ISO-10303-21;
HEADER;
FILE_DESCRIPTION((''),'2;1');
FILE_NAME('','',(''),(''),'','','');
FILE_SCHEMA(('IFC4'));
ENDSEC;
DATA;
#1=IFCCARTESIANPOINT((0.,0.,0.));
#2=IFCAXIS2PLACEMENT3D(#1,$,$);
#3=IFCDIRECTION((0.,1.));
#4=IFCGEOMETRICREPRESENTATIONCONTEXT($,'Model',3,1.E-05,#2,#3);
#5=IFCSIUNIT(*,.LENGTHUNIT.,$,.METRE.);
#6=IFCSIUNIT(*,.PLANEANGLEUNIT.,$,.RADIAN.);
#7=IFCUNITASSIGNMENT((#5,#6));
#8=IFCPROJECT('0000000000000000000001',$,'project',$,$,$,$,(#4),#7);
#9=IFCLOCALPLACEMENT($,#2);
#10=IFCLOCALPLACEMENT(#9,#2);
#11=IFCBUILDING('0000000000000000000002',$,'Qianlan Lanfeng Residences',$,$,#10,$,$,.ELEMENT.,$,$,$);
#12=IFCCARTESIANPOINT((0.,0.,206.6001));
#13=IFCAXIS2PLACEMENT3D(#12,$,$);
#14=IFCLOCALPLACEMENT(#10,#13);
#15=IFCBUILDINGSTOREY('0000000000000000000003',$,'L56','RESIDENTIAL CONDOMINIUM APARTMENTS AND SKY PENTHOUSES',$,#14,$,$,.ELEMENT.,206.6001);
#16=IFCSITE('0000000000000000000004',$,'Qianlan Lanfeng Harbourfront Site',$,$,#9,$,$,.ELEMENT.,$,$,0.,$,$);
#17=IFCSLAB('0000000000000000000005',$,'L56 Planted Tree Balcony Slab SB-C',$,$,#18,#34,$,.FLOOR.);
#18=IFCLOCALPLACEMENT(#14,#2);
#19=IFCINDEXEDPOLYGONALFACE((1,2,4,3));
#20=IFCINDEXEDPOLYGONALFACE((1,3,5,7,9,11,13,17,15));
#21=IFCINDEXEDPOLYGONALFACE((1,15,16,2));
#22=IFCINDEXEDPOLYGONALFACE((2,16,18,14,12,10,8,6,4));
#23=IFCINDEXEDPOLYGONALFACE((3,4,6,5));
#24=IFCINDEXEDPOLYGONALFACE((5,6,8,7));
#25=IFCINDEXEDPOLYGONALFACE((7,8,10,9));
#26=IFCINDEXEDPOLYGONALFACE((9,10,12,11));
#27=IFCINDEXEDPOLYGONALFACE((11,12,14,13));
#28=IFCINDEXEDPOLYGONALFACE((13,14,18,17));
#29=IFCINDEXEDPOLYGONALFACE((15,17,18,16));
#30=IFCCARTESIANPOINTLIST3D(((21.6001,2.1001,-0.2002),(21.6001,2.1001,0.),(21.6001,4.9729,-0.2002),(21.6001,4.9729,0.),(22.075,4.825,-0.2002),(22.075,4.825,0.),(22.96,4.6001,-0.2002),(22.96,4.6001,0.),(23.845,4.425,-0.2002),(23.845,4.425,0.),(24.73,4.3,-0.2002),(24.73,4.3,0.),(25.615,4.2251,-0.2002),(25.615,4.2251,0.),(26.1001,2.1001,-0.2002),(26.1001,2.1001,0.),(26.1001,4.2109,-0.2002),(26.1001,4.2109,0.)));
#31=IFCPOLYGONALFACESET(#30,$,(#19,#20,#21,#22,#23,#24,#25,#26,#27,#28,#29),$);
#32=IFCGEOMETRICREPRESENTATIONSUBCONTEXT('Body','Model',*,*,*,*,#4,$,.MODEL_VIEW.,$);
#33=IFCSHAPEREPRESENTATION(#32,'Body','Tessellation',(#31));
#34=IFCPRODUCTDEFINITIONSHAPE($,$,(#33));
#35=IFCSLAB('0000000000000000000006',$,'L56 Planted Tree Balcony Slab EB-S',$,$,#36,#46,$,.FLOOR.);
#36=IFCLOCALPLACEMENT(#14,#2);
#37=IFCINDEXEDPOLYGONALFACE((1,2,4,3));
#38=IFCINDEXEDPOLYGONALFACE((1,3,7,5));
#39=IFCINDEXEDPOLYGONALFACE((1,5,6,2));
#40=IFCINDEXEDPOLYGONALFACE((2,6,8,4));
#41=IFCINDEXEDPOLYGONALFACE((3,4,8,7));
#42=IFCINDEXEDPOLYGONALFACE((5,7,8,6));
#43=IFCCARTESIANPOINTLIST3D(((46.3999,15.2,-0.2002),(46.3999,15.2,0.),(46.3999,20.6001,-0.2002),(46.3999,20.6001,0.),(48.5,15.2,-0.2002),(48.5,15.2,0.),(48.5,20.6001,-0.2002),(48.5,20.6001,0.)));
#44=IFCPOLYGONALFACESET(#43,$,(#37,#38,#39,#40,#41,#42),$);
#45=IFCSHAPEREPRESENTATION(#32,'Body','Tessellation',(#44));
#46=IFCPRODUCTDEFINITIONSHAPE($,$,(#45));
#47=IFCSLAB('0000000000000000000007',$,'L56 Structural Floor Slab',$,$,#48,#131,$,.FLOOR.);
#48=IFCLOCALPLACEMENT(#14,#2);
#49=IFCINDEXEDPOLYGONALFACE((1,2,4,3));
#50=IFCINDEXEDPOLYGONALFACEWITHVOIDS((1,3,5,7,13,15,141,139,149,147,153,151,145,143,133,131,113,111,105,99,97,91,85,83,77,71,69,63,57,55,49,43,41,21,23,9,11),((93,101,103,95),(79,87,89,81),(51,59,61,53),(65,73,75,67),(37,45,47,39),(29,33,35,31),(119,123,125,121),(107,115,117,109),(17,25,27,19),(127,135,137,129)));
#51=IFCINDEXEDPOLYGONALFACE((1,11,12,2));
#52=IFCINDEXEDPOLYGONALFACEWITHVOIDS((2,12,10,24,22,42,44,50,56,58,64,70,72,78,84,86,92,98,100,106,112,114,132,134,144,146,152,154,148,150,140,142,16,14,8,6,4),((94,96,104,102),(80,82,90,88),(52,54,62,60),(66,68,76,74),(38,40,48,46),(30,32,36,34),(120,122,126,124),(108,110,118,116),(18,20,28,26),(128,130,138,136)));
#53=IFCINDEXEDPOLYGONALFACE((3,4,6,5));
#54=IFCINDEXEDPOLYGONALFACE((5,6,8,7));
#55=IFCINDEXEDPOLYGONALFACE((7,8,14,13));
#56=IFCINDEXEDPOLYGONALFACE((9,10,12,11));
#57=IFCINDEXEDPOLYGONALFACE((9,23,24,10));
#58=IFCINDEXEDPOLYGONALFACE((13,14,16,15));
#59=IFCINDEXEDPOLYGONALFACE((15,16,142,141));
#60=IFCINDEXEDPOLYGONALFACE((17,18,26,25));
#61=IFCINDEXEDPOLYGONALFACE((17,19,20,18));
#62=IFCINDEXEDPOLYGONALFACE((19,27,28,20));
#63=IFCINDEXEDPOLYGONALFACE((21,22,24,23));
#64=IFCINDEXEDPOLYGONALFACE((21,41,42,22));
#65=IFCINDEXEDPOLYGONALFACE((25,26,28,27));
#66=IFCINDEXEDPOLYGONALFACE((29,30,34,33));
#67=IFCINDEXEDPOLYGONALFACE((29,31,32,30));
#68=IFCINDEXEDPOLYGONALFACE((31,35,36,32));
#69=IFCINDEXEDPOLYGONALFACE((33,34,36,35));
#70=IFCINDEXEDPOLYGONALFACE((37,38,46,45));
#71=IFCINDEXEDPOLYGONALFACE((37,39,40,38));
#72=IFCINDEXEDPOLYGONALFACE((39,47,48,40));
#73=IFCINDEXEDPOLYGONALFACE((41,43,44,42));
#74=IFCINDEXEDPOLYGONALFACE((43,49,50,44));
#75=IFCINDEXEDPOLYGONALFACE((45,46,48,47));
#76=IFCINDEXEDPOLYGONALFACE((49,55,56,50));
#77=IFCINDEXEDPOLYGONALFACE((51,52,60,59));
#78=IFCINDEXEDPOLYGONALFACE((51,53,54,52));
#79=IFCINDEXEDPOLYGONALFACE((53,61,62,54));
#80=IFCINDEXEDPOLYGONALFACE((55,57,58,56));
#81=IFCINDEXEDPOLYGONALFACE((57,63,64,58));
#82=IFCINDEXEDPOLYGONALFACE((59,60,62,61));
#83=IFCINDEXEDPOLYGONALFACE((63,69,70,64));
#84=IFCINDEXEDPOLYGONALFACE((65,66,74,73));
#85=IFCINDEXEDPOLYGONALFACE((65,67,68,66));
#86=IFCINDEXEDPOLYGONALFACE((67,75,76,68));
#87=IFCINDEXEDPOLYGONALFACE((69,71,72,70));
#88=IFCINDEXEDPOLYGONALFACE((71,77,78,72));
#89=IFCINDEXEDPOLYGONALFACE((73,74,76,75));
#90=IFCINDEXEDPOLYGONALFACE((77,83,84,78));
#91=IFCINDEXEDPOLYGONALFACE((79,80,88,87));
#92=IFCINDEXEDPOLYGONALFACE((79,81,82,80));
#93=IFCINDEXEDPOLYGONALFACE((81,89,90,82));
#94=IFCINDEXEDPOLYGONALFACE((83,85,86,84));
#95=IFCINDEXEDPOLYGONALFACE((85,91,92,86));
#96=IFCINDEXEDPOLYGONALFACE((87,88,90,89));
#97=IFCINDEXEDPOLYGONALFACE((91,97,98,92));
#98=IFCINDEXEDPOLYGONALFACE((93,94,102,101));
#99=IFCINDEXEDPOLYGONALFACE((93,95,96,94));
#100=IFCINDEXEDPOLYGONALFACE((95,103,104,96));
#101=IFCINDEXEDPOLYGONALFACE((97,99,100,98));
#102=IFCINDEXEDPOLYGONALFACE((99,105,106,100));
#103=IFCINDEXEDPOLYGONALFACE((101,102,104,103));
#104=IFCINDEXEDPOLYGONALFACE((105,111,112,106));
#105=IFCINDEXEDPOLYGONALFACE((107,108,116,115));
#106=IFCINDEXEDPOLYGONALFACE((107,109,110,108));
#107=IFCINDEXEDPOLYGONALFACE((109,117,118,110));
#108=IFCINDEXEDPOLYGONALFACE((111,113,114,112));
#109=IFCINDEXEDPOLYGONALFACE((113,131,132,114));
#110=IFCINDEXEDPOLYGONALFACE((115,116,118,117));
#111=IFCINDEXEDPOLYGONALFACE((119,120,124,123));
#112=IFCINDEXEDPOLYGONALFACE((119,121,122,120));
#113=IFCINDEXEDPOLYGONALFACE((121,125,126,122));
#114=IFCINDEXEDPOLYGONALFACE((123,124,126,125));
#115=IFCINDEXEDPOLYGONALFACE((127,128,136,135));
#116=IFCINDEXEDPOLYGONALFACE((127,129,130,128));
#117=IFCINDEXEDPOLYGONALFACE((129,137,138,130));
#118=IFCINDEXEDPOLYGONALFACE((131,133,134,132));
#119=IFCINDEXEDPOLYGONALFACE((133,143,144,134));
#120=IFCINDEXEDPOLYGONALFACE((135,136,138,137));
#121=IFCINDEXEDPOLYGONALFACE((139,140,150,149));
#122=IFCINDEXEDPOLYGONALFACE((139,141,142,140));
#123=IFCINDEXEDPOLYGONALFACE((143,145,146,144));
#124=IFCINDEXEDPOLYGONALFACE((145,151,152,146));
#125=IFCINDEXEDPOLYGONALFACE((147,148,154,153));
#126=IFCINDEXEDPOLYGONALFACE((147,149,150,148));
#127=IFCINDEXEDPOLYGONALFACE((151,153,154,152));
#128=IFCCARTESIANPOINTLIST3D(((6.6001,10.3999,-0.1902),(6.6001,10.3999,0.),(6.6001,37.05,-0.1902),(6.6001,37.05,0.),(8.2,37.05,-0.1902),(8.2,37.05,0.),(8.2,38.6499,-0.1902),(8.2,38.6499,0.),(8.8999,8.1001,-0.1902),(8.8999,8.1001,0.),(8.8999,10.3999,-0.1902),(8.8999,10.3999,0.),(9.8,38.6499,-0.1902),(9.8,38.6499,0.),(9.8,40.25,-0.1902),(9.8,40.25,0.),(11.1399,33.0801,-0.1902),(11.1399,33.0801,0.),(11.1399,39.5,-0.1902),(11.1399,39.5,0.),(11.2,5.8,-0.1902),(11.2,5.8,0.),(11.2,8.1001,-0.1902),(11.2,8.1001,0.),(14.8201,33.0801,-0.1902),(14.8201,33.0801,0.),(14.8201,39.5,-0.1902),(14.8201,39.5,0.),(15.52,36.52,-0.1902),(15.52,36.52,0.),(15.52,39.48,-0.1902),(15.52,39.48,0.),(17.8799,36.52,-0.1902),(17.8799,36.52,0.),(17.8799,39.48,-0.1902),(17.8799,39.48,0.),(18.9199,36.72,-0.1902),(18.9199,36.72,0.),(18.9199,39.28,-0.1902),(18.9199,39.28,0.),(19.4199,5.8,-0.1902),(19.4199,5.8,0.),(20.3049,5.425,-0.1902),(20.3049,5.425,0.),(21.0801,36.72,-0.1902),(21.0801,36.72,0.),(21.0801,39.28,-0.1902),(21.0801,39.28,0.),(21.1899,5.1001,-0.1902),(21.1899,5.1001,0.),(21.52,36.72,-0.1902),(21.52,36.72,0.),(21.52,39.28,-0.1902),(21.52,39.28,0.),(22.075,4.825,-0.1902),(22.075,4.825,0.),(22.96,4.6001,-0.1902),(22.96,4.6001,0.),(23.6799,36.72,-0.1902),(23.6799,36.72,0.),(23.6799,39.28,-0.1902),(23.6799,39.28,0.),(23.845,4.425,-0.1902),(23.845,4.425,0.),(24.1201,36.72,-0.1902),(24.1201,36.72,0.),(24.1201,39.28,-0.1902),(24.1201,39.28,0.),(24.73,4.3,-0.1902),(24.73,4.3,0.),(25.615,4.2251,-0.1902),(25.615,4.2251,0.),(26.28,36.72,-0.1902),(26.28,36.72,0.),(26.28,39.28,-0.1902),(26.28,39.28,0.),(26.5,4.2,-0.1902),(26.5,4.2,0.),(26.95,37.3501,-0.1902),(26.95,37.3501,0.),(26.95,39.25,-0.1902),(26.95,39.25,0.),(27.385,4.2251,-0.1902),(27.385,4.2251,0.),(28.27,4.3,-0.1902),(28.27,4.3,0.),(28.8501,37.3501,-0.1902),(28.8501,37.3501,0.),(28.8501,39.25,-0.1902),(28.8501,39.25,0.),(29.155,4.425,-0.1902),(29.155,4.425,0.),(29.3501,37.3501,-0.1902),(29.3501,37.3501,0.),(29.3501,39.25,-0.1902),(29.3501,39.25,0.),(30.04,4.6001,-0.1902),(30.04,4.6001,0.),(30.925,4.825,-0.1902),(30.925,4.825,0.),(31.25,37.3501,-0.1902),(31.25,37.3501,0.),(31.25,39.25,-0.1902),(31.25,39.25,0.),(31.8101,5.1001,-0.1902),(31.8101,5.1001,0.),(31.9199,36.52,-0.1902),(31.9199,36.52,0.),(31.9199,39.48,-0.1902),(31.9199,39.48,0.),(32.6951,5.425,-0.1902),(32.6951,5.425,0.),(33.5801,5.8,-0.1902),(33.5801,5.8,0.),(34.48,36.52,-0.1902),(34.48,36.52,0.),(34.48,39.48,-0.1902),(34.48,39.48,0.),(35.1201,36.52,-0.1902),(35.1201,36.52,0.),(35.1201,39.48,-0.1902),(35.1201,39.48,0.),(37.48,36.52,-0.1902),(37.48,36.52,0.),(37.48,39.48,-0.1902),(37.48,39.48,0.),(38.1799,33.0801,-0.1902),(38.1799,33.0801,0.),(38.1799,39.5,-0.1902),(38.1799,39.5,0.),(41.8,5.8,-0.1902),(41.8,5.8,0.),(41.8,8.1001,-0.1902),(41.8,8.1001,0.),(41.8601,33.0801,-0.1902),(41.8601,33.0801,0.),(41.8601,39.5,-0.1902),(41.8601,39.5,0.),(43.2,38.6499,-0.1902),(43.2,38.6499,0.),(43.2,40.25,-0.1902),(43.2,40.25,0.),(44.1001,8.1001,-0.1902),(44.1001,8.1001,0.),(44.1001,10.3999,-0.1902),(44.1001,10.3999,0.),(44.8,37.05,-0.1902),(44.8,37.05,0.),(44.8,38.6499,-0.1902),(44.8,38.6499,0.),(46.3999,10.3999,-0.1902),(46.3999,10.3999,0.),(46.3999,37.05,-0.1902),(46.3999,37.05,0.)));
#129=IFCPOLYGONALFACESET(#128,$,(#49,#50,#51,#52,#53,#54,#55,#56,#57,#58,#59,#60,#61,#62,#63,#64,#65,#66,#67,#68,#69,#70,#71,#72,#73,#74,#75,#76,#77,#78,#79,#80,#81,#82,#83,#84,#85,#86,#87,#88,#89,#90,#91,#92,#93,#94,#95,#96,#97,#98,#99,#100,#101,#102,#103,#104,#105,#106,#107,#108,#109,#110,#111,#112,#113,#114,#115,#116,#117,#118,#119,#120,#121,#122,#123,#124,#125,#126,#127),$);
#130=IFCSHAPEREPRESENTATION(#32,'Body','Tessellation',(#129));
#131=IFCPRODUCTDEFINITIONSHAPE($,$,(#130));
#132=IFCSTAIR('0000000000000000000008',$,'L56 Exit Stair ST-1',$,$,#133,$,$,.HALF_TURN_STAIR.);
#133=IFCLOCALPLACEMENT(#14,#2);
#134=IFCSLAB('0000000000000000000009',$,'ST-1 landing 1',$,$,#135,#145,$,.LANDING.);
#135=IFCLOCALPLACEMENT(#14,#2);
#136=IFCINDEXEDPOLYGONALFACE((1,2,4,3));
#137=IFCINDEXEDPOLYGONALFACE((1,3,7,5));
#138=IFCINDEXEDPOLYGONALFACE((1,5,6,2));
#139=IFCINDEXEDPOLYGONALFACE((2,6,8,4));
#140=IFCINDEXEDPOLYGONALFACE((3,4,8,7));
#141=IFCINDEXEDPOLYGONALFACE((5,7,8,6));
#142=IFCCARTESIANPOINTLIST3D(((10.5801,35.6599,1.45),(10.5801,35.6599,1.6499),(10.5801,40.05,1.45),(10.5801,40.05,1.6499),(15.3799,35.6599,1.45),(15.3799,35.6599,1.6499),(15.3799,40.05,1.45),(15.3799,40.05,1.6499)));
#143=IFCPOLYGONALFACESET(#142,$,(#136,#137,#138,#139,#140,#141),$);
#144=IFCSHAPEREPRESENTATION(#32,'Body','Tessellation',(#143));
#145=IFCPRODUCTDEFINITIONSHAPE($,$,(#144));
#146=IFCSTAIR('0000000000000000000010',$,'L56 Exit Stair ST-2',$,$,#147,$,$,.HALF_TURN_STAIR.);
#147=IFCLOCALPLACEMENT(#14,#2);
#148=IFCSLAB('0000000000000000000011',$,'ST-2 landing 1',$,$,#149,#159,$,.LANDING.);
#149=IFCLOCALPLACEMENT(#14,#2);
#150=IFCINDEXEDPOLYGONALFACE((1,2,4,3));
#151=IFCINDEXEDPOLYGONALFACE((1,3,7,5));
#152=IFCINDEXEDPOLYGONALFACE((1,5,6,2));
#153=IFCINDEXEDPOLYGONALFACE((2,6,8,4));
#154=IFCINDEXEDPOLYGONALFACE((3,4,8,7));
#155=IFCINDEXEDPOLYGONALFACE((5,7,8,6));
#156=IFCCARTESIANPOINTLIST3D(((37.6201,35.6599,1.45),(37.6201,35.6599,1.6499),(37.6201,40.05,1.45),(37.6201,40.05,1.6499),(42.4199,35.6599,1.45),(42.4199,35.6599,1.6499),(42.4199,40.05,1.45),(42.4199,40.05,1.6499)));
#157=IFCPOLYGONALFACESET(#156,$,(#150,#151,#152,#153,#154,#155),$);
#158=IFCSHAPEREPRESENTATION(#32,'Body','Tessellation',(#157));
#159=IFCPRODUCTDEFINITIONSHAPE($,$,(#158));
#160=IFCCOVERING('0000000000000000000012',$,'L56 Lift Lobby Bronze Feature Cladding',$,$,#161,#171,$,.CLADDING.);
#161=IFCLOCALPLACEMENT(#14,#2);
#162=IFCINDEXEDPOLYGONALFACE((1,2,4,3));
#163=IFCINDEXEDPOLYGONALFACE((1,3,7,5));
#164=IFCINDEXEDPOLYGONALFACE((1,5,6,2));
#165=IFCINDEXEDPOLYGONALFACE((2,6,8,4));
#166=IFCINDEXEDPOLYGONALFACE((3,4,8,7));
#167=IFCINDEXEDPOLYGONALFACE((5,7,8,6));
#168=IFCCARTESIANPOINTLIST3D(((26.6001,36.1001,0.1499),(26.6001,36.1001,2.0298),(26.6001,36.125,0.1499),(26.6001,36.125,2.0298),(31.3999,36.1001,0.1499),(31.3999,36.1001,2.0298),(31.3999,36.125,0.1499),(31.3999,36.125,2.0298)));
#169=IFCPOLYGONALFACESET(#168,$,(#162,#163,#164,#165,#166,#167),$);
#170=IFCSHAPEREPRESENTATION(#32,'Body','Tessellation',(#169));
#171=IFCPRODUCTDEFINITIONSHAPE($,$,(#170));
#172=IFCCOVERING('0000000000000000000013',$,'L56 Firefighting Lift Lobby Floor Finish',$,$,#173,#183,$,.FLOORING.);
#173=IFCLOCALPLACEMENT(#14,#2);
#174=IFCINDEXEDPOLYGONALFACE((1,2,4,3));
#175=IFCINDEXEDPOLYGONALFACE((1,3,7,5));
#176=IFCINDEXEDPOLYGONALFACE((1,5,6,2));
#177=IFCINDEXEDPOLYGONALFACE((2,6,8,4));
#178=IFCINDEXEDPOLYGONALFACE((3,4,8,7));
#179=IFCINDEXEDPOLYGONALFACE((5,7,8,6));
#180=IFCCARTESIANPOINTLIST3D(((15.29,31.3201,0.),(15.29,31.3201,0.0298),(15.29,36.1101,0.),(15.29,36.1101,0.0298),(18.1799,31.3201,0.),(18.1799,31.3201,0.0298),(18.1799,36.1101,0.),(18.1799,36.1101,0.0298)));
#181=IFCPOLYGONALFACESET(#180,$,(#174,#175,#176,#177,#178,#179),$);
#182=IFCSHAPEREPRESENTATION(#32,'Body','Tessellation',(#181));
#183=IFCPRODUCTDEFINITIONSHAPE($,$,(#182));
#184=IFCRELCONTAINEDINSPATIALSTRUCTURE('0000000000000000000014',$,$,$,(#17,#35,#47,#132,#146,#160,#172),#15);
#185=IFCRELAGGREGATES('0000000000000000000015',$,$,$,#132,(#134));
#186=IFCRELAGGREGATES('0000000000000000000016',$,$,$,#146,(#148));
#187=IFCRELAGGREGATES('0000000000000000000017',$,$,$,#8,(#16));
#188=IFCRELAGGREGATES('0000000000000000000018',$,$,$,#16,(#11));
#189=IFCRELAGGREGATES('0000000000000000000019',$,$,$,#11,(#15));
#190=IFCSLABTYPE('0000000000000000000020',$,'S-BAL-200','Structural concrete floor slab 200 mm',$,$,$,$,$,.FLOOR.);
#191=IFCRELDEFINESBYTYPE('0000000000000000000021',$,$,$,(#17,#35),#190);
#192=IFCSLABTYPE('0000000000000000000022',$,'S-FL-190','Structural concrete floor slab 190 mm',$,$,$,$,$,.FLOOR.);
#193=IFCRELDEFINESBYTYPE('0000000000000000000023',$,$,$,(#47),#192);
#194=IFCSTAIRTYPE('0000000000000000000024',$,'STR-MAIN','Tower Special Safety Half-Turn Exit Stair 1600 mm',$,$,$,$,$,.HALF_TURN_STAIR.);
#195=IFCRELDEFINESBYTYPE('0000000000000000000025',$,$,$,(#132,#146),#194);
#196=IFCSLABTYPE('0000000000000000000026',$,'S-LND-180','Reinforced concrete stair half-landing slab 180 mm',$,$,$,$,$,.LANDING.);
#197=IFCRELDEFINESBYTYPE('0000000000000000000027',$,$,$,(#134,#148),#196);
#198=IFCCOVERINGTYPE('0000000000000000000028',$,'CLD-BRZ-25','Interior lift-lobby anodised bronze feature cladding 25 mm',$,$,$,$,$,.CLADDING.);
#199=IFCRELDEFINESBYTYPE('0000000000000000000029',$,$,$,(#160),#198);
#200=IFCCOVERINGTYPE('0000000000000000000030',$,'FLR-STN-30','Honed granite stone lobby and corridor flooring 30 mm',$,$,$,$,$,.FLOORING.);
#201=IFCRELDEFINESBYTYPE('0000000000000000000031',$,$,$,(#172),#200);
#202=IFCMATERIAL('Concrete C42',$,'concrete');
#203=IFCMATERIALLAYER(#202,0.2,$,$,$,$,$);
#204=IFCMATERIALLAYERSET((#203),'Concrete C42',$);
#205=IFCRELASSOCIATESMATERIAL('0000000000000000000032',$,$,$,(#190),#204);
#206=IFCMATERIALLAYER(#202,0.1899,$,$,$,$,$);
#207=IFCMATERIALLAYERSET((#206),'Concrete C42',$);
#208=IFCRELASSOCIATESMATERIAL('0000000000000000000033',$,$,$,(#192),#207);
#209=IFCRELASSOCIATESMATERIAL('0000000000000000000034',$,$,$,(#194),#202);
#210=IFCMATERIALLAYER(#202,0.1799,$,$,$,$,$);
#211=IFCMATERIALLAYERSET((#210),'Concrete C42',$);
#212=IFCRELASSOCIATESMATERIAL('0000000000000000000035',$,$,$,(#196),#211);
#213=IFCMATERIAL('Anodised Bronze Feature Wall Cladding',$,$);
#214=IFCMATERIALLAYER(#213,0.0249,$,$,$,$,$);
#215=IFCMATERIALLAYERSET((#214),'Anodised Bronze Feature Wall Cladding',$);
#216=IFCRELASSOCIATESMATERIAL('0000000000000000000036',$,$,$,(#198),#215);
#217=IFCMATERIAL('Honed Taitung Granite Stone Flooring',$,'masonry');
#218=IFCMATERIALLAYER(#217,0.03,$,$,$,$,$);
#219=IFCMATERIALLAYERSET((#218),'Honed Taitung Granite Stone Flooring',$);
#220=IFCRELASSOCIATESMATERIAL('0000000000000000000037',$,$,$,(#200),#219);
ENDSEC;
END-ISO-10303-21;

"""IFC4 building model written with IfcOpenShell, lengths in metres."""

from ifc_helpers import new_model, si_unit, direction, frame, origin, place, context, subcontext, project, spatial, polyline, outline, extrude, material, layer, layer_set, type_object, element, aggregate, save


model = new_model("IFC4")

# Units and contexts
model_context = context("Model", 3, precision=1e-05, world=origin(), true_north=direction((0.0, 1.0)))
body_context = subcontext(model_context, "Body", "Model", "MODEL_VIEW")
ifc_project = project(units=[si_unit("LENGTHUNIT", "METRE"), si_unit("PLANEANGLEUNIT", "RADIAN")], contexts=[model_context])

# Site, building, storey
site_placement = place(None, origin())
site = spatial("IfcSite", under=ifc_project, at=site_placement, Name="Qianlan Lanfeng Harbourfront Site", CompositionType="ELEMENT", RefElevation=0.0)
building_placement = place(site_placement, origin())
building = spatial("IfcBuilding", under=site, at=building_placement, Name="Qianlan Lanfeng Residences", CompositionType="ELEMENT")
storey_placement = place(building_placement, frame((0.0, 0.0, 206.6001)))
storey = spatial("IfcBuildingStorey", under=building, at=storey_placement, Name="L56", Description="RESIDENTIAL CONDOMINIUM APARTMENTS AND SKY PENTHOUSES", CompositionType="ELEMENT", Elevation=206.6001)

# Slabs
ifc_material_1 = material(Name="Concrete C42", Category="concrete")
ifc_layer_1 = layer(ifc_material_1, 0.2)
ifc_layer_set_1 = layer_set([ifc_layer_1], Name="Concrete C42")
slab_type_1 = type_object("IfcSlabType", Name="S-BAL-200", Description="Structural concrete floor slab 200 mm", PredefinedType="FLOOR", material=ifc_layer_set_1)
slab_1_placement = place(storey_placement, frame((0.0, 0.0, -0.2002)))
element("IfcSlab", 1, at=slab_1_placement, inside=storey, type_object=slab_type_1, Name="L56 Planted Tree Balcony Slab SB-C", PredefinedType="FLOOR", context=body_context, shape_type="SweptSolid", body=[
    extrude(outline(polyline([(26.1001, 4.2109), (25.615, 4.2251), (24.73, 4.3), (23.845, 4.425), (22.96, 4.6001), (22.075, 4.825), (21.6001, 4.9729), (21.6001, 2.1001), (26.1001, 2.1001), (26.1001, 4.2109)])), origin(), (0.0, 0.0, 1.0), 0.2002),
])
slab_2_placement = place(storey_placement, frame((0.0, 0.0, -0.2002)))
element("IfcSlab", 2, at=slab_2_placement, inside=storey, type_object=slab_type_1, Name="L56 Planted Tree Balcony Slab EB-S", PredefinedType="FLOOR", context=body_context, shape_type="SweptSolid", body=[
    extrude(outline(polyline([(46.3999, 20.6001), (46.3999, 15.2), (48.5, 15.2), (48.5, 20.6001), (46.3999, 20.6001)])), origin(), (0.0, 0.0, 1.0), 0.2002),
])
ifc_layer_2 = layer(ifc_material_1, 0.1899)
ifc_layer_set_2 = layer_set([ifc_layer_2], Name="Concrete C42")
slab_type_2 = type_object("IfcSlabType", Name="S-FL-190", Description="Structural concrete floor slab 190 mm", PredefinedType="FLOOR", material=ifc_layer_set_2)
slab_3_placement = place(storey_placement, frame((0.0, 0.0, -0.1902)))
element("IfcSlab", 3, at=slab_3_placement, inside=storey, type_object=slab_type_2, Name="L56 Structural Floor Slab", PredefinedType="FLOOR", context=body_context, shape_type="SweptSolid", body=[
    extrude(outline(polyline([(6.6001, 10.3999), (8.8999, 10.3999), (8.8999, 8.1001), (11.2, 8.1001), (11.2, 5.8), (19.4199, 5.8), (20.3049, 5.425), (21.1899, 5.1001), (22.075, 4.825), (22.96, 4.6001), (23.845, 4.425), (24.73, 4.3), (25.615, 4.2251), (26.5, 4.2), (27.385, 4.2251), (28.27, 4.3), (29.155, 4.425), (30.04, 4.6001), (30.925, 4.825), (31.8101, 5.1001), (32.6951, 5.425), (33.5801, 5.8), (41.8, 5.8), (41.8, 8.1001), (44.1001, 8.1001), (44.1001, 10.3999), (46.3999, 10.3999), (46.3999, 37.05), (44.8, 37.05), (44.8, 38.6499), (43.2, 38.6499), (43.2, 40.25), (9.8, 40.25), (9.8, 38.6499), (8.2, 38.6499), (8.2, 37.05), (6.6001, 37.05), (6.6001, 10.3999)]), holes=[polyline([(11.1399, 33.0801), (11.1399, 39.5), (14.8201, 39.5), (14.8201, 33.0801), (11.1399, 33.0801)]), polyline([(38.1799, 33.0801), (38.1799, 39.5), (41.8601, 39.5), (41.8601, 33.0801), (38.1799, 33.0801)]), polyline([(15.52, 36.52), (15.52, 39.48), (17.8799, 39.48), (17.8799, 36.52), (15.52, 36.52)]), polyline([(35.1201, 36.52), (35.1201, 39.48), (37.48, 39.48), (37.48, 36.52), (35.1201, 36.52)]), polyline([(31.9199, 36.52), (31.9199, 39.48), (34.48, 39.48), (34.48, 36.52), (31.9199, 36.52)]), polyline([(18.9199, 36.72), (18.9199, 39.28), (21.0801, 39.28), (21.0801, 36.72), (18.9199, 36.72)]), polyline([(21.52, 36.72), (21.52, 39.28), (23.6799, 39.28), (23.6799, 36.72), (21.52, 36.72)]), polyline([(24.1201, 36.72), (24.1201, 39.28), (26.28, 39.28), (26.28, 36.72), (24.1201, 36.72)]), polyline([(26.95, 37.3501), (26.95, 39.25), (28.8501, 39.25), (28.8501, 37.3501), (26.95, 37.3501)]), polyline([(29.3501, 37.3501), (29.3501, 39.25), (31.25, 39.25), (31.25, 37.3501), (29.3501, 37.3501)])]), origin(), (0.0, 0.0, 1.0), 0.1902),
])

# Stairs, slabs
stair_type = type_object("IfcStairType", Name="STR-MAIN", Description="Tower Special Safety Half-Turn Exit Stair 1600 mm", PredefinedType="HALF_TURN_STAIR", material=ifc_material_1)
stair_1_placement = place(storey_placement, origin())
stair_1 = element("IfcStair", 4, at=stair_1_placement, inside=storey, type_object=stair_type, Name="L56 Exit Stair ST-1", PredefinedType="HALF_TURN_STAIR")
ifc_layer_3 = layer(ifc_material_1, 0.1799)
ifc_layer_set_3 = layer_set([ifc_layer_3], Name="Concrete C42")
slab_type_3 = type_object("IfcSlabType", Name="S-LND-180", Description="Reinforced concrete stair half-landing slab 180 mm", PredefinedType="LANDING", material=ifc_layer_set_3)
slab_4_placement = place(storey_placement, frame((0.0, 0.0, 1.45)))
slab_4 = element("IfcSlab", 5, at=slab_4_placement, type_object=slab_type_3, Name="ST-1 landing 1", PredefinedType="LANDING", context=body_context, shape_type="SweptSolid", body=[
    extrude(outline(polyline([(10.5801, 35.6599), (15.3799, 35.6599), (15.3799, 40.05), (10.5801, 40.05), (10.5801, 35.6599)])), origin(), (0.0, 0.0, 1.0), 0.2),
])
aggregate(stair_1, [slab_4])
stair_2_placement = place(storey_placement, origin())
stair_2 = element("IfcStair", 6, at=stair_2_placement, inside=storey, type_object=stair_type, Name="L56 Exit Stair ST-2", PredefinedType="HALF_TURN_STAIR")
slab_5_placement = place(storey_placement, frame((0.0, 0.0, 1.45)))
slab_5 = element("IfcSlab", 7, at=slab_5_placement, type_object=slab_type_3, Name="ST-2 landing 1", PredefinedType="LANDING", context=body_context, shape_type="SweptSolid", body=[
    extrude(outline(polyline([(37.6201, 35.6599), (42.4199, 35.6599), (42.4199, 40.05), (37.6201, 40.05), (37.6201, 35.6599)])), origin(), (0.0, 0.0, 1.0), 0.2),
])
aggregate(stair_2, [slab_5])

# Coverings
ifc_material_2 = material(Name="Anodised Bronze Feature Wall Cladding")
ifc_layer_4 = layer(ifc_material_2, 0.0249)
ifc_layer_set_4 = layer_set([ifc_layer_4], Name="Anodised Bronze Feature Wall Cladding")
covering_type_1 = type_object("IfcCoveringType", Name="CLD-BRZ-25", Description="Interior lift-lobby anodised bronze feature cladding 25 mm", PredefinedType="CLADDING", material=ifc_layer_set_4)
covering_1_placement = place(storey_placement, frame((0.0, 0.0, 0.1499)))
element("IfcCovering", 8, at=covering_1_placement, inside=storey, type_object=covering_type_1, Name="L56 Lift Lobby Bronze Feature Cladding", PredefinedType="CLADDING", context=body_context, shape_type="SweptSolid", body=[
    extrude(outline(polyline([(26.6001, 36.1001), (31.3999, 36.1001), (31.3999, 36.125), (26.6001, 36.125), (26.6001, 36.1001)])), origin(), (0.0, 0.0, 1.0), 1.8799),
])
ifc_material_3 = material(Name="Honed Taitung Granite Stone Flooring", Category="masonry")
ifc_layer_5 = layer(ifc_material_3, 0.03)
ifc_layer_set_5 = layer_set([ifc_layer_5], Name="Honed Taitung Granite Stone Flooring")
covering_type_2 = type_object("IfcCoveringType", Name="FLR-STN-30", Description="Honed granite stone lobby and corridor flooring 30 mm", PredefinedType="FLOORING", material=ifc_layer_set_5)
covering_2_placement = place(storey_placement, origin())
element("IfcCovering", 9, at=covering_2_placement, inside=storey, type_object=covering_type_2, Name="L56 Firefighting Lift Lobby Floor Finish", PredefinedType="FLOORING", context=body_context, shape_type="SweptSolid", body=[
    extrude(outline(polyline([(15.29, 31.3201), (18.1799, 31.3201), (18.1799, 36.1101), (15.29, 36.1101), (15.29, 31.3201)])), origin(), (0.0, 0.0, 1.0), 0.0298),
])

save(model, "model.ifc")
